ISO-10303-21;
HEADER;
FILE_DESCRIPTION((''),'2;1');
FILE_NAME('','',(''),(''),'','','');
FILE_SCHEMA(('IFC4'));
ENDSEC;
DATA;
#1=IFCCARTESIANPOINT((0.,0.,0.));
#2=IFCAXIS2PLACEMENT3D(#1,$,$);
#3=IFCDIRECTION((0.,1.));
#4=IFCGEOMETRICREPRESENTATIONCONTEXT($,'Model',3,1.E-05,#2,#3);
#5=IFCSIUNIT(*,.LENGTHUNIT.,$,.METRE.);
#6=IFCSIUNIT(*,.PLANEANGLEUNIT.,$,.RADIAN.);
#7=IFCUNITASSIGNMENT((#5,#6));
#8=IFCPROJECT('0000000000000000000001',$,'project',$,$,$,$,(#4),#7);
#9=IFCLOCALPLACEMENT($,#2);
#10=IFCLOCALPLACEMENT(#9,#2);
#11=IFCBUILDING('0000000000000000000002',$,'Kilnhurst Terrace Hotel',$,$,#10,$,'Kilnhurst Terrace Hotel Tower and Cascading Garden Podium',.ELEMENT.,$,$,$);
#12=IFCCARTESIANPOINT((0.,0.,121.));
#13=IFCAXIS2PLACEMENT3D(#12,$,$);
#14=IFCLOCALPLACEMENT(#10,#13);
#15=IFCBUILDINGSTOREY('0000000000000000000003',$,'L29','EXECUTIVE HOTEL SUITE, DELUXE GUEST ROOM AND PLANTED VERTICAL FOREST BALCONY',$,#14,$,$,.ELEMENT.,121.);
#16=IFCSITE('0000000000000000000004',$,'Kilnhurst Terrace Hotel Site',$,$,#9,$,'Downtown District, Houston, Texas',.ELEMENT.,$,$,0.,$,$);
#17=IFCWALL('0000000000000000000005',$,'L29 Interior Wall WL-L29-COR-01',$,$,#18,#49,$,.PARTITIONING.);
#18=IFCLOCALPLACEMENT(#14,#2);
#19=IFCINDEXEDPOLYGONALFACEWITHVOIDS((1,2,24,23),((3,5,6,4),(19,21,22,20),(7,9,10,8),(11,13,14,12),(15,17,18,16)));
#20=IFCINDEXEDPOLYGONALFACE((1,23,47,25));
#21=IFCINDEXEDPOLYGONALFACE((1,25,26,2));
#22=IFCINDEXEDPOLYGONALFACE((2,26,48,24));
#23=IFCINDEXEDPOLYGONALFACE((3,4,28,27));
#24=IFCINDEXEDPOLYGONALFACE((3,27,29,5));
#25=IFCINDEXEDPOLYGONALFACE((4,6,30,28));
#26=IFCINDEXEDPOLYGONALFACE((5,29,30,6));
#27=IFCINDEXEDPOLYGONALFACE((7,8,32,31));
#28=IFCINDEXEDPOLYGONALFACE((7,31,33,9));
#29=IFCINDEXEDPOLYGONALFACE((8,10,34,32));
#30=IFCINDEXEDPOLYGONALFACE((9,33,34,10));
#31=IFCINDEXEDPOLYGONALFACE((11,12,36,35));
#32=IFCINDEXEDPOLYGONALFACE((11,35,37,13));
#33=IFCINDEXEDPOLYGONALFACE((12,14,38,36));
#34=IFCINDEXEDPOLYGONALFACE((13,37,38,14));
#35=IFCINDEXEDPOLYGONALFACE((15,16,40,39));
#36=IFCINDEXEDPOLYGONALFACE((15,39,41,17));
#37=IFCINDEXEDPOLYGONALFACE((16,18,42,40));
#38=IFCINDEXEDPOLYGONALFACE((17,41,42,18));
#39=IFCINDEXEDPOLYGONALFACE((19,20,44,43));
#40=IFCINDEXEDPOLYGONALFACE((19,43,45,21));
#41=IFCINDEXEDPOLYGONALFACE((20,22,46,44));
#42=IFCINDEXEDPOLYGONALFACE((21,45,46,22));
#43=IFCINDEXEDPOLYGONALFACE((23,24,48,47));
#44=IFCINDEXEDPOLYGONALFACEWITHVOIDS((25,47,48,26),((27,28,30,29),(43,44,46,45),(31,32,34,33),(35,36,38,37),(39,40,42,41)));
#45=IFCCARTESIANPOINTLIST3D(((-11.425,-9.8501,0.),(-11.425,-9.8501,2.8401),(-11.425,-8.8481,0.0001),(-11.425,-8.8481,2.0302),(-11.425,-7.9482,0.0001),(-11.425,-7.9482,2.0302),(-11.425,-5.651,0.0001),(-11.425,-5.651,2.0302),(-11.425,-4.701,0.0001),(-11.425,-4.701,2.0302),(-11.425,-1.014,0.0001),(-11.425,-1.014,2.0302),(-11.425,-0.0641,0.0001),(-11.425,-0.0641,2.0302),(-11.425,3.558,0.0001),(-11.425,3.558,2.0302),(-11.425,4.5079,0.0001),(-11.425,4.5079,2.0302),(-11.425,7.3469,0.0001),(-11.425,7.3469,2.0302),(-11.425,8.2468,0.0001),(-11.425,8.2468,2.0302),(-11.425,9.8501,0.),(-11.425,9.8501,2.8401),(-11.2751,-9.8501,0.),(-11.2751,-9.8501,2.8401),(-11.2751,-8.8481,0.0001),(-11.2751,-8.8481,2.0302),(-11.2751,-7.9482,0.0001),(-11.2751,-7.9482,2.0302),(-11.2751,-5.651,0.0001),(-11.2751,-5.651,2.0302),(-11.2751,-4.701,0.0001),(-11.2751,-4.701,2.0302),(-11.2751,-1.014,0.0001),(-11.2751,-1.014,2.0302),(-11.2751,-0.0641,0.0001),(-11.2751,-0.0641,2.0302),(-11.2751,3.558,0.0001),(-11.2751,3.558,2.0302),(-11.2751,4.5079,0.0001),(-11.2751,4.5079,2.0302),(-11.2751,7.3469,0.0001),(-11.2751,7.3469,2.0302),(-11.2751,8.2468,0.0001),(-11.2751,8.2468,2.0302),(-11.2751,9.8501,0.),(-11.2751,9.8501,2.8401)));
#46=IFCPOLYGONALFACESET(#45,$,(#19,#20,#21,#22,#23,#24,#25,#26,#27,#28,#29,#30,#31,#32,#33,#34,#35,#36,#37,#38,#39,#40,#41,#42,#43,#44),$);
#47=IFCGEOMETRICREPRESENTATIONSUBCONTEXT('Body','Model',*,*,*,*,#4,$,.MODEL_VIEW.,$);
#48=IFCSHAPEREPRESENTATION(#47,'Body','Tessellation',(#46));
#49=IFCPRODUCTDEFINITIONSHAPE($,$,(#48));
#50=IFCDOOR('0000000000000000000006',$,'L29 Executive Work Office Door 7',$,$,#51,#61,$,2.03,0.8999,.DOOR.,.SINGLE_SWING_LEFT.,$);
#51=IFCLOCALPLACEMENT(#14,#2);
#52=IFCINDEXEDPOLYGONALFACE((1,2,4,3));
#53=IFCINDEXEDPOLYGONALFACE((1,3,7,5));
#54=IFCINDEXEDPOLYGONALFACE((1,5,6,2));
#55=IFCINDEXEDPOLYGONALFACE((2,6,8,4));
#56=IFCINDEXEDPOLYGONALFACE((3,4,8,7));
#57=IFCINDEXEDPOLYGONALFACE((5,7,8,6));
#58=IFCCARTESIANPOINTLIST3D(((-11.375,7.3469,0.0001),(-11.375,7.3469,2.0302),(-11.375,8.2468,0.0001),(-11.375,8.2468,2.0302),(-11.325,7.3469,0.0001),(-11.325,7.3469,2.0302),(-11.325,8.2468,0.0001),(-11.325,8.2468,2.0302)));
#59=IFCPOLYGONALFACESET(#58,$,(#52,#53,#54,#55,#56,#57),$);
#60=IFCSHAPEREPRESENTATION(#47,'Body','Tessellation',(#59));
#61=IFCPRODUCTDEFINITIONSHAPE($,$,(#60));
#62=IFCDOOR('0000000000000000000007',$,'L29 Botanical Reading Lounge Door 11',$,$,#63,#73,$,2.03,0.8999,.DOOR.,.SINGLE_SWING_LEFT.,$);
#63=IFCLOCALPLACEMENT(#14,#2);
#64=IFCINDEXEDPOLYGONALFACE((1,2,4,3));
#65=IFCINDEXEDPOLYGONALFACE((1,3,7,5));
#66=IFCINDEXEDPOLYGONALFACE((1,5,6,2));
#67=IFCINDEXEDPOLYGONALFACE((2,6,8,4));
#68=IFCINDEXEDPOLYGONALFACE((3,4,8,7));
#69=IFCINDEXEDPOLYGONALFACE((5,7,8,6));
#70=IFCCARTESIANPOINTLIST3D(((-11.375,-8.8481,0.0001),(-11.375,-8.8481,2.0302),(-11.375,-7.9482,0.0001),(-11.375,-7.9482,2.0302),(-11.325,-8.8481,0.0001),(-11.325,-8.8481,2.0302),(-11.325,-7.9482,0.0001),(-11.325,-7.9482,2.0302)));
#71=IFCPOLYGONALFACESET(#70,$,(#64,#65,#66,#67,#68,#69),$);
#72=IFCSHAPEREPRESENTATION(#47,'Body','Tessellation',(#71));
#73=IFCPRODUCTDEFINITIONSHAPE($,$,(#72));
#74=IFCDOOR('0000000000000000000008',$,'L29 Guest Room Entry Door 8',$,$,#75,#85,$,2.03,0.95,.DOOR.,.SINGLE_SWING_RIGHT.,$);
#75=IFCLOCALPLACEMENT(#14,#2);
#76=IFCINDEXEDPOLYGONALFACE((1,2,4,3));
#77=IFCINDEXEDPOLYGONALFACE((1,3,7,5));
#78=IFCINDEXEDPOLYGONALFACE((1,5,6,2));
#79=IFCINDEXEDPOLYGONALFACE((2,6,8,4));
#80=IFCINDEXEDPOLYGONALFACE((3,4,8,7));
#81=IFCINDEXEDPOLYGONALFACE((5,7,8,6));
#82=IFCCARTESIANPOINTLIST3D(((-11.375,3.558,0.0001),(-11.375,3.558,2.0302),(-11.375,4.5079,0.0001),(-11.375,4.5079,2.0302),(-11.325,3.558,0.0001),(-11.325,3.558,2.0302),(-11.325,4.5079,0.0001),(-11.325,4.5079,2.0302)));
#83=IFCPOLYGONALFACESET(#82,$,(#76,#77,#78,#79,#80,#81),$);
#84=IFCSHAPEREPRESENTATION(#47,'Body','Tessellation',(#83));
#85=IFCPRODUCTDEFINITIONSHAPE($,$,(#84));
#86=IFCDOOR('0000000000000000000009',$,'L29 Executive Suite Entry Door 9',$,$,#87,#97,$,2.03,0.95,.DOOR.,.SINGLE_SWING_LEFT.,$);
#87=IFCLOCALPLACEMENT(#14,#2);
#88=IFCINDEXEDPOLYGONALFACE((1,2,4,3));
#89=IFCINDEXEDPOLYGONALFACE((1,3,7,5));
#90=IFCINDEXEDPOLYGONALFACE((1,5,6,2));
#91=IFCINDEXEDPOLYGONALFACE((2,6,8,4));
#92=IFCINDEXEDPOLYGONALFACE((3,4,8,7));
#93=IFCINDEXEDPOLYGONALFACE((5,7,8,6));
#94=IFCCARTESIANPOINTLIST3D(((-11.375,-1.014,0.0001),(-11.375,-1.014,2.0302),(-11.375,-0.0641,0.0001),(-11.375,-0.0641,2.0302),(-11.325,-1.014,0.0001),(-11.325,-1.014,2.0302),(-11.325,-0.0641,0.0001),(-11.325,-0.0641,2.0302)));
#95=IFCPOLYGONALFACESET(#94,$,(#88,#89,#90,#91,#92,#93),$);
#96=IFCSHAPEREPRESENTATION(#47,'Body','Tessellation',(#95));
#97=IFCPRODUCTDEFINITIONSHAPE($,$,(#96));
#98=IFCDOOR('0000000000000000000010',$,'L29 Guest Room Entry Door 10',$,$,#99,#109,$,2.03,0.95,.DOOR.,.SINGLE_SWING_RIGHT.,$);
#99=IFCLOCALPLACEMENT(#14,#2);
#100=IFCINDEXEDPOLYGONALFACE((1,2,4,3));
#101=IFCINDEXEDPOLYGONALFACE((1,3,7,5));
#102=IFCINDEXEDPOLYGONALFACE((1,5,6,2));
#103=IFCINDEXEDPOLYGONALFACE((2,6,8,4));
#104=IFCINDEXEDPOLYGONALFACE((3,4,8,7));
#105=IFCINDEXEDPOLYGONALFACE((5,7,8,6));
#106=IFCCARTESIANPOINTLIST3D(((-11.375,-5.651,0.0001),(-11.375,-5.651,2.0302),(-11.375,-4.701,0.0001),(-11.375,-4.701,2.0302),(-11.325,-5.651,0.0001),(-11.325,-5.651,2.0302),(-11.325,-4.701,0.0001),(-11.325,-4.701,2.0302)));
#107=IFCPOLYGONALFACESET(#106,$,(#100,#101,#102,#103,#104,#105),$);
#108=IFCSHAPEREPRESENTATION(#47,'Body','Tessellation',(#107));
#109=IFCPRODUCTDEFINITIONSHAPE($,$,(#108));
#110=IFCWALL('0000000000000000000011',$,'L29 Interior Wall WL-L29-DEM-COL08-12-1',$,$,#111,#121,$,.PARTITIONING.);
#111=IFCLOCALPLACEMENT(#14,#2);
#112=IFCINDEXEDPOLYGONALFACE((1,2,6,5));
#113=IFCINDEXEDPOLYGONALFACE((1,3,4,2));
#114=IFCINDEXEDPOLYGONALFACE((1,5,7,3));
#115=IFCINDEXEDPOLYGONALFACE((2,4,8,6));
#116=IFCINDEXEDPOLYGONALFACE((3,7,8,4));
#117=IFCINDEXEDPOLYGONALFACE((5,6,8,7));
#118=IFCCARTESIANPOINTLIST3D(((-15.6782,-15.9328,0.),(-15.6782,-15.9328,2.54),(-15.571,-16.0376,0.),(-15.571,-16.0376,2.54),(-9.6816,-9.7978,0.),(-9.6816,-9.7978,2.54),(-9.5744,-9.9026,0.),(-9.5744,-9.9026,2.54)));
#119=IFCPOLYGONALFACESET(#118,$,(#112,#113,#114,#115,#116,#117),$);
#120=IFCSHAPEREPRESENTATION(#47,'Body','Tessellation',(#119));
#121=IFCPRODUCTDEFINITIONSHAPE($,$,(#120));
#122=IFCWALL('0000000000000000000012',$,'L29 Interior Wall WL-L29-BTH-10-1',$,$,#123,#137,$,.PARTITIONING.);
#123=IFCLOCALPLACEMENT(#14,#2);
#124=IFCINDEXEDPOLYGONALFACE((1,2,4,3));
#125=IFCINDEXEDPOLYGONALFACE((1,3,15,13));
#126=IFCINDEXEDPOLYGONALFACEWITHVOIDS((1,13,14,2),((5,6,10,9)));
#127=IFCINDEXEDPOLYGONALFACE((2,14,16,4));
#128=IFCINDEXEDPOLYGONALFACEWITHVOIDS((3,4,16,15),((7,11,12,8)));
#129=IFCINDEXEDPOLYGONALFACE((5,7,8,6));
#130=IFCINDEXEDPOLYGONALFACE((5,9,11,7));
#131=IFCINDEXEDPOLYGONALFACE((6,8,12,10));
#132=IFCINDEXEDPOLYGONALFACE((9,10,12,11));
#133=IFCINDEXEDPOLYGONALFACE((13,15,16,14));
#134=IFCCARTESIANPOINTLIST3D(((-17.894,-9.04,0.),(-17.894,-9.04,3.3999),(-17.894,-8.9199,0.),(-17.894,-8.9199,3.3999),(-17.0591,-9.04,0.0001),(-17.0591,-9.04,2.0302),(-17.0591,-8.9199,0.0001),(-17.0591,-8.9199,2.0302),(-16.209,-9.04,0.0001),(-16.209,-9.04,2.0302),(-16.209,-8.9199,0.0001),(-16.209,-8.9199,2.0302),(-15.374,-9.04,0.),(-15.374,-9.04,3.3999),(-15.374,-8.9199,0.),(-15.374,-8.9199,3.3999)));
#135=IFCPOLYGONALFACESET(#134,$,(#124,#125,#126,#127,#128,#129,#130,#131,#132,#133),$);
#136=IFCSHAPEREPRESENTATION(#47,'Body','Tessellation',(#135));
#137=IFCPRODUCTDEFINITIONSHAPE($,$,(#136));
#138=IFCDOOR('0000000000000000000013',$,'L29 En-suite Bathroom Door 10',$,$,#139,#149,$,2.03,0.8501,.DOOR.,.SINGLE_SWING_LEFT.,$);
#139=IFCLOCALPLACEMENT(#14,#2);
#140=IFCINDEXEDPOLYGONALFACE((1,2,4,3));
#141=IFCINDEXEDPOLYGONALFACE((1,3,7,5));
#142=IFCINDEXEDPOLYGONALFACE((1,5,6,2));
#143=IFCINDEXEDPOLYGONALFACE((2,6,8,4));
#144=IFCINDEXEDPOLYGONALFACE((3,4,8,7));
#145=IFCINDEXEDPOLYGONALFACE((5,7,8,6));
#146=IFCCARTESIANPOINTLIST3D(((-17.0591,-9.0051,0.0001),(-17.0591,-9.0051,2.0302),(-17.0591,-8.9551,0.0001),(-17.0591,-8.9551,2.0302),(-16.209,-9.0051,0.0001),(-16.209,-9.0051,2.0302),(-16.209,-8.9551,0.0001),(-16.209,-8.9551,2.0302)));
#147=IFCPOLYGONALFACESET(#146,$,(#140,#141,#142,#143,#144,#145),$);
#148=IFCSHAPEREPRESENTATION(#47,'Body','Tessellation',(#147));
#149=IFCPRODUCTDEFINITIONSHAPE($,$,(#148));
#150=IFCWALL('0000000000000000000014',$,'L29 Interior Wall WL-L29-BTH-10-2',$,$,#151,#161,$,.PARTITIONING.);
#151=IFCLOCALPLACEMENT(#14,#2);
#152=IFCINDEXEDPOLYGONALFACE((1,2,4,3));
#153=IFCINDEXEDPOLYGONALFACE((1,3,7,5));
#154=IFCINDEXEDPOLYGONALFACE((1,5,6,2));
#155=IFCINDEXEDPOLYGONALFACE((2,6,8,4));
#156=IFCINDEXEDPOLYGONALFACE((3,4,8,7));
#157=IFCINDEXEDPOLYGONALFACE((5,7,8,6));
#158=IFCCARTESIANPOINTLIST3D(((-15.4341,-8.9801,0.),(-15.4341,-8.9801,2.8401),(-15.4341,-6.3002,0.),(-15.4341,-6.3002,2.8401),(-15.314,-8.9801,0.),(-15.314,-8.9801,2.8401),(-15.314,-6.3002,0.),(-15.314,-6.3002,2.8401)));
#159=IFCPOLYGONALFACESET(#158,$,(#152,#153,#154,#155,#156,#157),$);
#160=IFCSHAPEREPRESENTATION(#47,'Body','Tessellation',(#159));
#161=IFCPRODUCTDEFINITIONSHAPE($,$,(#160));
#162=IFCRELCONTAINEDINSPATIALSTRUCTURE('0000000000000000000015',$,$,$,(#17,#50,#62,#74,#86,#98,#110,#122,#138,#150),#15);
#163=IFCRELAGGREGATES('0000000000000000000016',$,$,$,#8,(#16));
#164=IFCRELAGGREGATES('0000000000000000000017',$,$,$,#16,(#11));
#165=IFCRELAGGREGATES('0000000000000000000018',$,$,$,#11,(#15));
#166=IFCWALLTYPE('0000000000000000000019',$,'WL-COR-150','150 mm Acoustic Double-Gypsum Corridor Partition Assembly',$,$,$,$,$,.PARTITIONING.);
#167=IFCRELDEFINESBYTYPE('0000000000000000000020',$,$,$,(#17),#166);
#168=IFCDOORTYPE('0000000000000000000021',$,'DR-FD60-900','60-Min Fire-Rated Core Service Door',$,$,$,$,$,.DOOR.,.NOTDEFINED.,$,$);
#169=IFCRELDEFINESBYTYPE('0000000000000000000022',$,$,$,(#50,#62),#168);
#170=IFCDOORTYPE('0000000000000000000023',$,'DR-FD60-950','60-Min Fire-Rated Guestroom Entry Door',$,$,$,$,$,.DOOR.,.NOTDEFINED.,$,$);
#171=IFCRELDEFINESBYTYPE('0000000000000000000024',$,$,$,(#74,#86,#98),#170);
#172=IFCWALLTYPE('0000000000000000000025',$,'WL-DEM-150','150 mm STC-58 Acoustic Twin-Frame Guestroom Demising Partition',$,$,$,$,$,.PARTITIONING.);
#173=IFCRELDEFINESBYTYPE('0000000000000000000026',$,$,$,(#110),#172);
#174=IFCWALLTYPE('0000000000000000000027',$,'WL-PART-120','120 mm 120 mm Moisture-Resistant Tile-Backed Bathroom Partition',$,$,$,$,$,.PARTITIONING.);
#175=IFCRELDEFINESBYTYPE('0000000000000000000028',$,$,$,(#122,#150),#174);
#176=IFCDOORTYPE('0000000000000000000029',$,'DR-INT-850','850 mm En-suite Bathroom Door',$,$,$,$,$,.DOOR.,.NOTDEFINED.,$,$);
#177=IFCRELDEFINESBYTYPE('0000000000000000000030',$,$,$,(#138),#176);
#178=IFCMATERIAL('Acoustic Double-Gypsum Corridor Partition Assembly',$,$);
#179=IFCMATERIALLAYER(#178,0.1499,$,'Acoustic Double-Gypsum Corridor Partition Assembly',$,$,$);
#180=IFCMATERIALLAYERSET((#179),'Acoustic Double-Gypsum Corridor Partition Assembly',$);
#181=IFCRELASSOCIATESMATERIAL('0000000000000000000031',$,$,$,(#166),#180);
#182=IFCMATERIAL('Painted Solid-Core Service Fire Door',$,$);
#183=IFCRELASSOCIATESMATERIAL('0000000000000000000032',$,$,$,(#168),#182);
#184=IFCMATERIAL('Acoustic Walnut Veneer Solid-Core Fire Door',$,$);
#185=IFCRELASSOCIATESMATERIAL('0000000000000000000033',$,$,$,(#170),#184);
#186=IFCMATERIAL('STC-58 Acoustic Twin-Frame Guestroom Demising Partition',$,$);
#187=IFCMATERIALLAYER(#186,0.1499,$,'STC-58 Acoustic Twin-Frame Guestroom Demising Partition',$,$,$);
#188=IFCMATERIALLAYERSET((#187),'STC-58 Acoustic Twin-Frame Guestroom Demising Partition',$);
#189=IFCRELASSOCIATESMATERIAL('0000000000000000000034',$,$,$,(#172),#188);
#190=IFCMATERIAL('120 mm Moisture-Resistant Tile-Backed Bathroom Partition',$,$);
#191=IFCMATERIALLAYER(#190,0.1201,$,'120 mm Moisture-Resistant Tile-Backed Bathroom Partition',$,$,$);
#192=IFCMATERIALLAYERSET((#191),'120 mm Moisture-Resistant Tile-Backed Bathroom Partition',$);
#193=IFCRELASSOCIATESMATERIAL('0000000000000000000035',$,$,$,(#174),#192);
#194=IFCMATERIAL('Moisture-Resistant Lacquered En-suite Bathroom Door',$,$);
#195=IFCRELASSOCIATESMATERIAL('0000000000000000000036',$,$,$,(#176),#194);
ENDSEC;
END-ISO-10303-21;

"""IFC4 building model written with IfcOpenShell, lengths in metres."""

from ifc_helpers import new_model, si_unit, direction, frame, frame_2d, origin, place, context, subcontext, project, spatial, rectangle, extrude, material, layer, layer_set, type_object, element, fill, save


model = new_model("IFC4")

# Units and contexts
model_context = context("Model", 3, precision=1e-05, world=origin(), true_north=direction((0.0, 1.0)))
body_context = subcontext(model_context, "Body", "Model", "MODEL_VIEW")
ifc_project = project(units=[si_unit("LENGTHUNIT", "METRE"), si_unit("PLANEANGLEUNIT", "RADIAN")], contexts=[model_context])

# Site, building, storey
site_placement = place(None, origin())
site = spatial("IfcSite", under=ifc_project, at=site_placement, Name="Kilnhurst Terrace Hotel Site", LongName="Downtown District, Houston, Texas", CompositionType="ELEMENT", RefElevation=0.0)
building_placement = place(site_placement, origin())
building = spatial("IfcBuilding", under=site, at=building_placement, Name="Kilnhurst Terrace Hotel", LongName="Kilnhurst Terrace Hotel Tower and Cascading Garden Podium", CompositionType="ELEMENT")
storey_placement = place(building_placement, frame((0.0, 0.0, 121.0)))
storey = spatial("IfcBuildingStorey", under=building, at=storey_placement, Name="L29", Description="EXECUTIVE HOTEL SUITE, DELUXE GUEST ROOM AND PLANTED VERTICAL FOREST BALCONY", CompositionType="ELEMENT", Elevation=121.0)

# Wall, openings, doors
ifc_material_1 = material(Name="Acoustic Double-Gypsum Corridor Partition Assembly")
ifc_layer_1 = layer(ifc_material_1, 0.1499, Name="Acoustic Double-Gypsum Corridor Partition Assembly")
ifc_layer_set_1 = layer_set([ifc_layer_1], Name="Acoustic Double-Gypsum Corridor Partition Assembly")
wall_type_1 = type_object("IfcWallType", Name="WL-COR-150", Description="150 mm Acoustic Double-Gypsum Corridor Partition Assembly", PredefinedType="PARTITIONING", material=ifc_layer_set_1)
wall_1_placement = place(storey_placement, frame((-11.3501, -9.8501, 0.0), z_axis=(0.0, 0.0, 1.0), x_axis=(0.0, 1.0, 0.0)))
wall_1 = element("IfcWall", 1, at=wall_1_placement, inside=storey, type_object=wall_type_1, Name="L29 Interior Wall WL-L29-COR-01", PredefinedType="PARTITIONING", context=body_context, shape_type="SweptSolid", body=[
    extrude(rectangle(XDim=19.7002, YDim=0.1499, at=frame_2d((9.8501, 0.0))), origin(), (0.0, 0.0, 1.0), 2.8401),
])
opening_1_placement = place(wall_1_placement, frame((17.197, 0.0, 0.0)))
opening_1 = element("IfcOpeningElement", 2, at=opening_1_placement, cuts=wall_1, PredefinedType="OPENING", context=body_context, shape_type="SweptSolid", body=[
    extrude(rectangle(XDim=0.8999, YDim=2.03, at=frame_2d((0.45, 1.0151))), frame((0.0, 0.085, 0.0), z_axis=(0.0, -1.0, 0.0), x_axis=(1.0, 0.0, 0.0)), (0.0, 0.0, 1.0), 0.1699),
])
opening_2_placement = place(wall_1_placement, frame((13.408, 0.0, 0.0)))
opening_2 = element("IfcOpeningElement", 3, at=opening_2_placement, cuts=wall_1, PredefinedType="OPENING", context=body_context, shape_type="SweptSolid", body=[
    extrude(rectangle(XDim=0.95, YDim=2.03, at=frame_2d((0.4751, 1.0151))), frame((0.0, 0.085, 0.0), z_axis=(0.0, -1.0, 0.0), x_axis=(1.0, 0.0, 0.0)), (0.0, 0.0, 1.0), 0.1699),
])
opening_3_placement = place(wall_1_placement, frame((8.8359, 0.0, 0.0)))
opening_3 = element("IfcOpeningElement", 4, at=opening_3_placement, cuts=wall_1, PredefinedType="OPENING", context=body_context, shape_type="SweptSolid", body=[
    extrude(rectangle(XDim=0.95, YDim=2.03, at=frame_2d((0.4751, 1.0151))), frame((0.0, 0.085, 0.0), z_axis=(0.0, -1.0, 0.0), x_axis=(1.0, 0.0, 0.0)), (0.0, 0.0, 1.0), 0.1699),
])
opening_4_placement = place(wall_1_placement, frame((4.199, 0.0, 0.0)))
opening_4 = element("IfcOpeningElement", 5, at=opening_4_placement, cuts=wall_1, PredefinedType="OPENING", context=body_context, shape_type="SweptSolid", body=[
    extrude(rectangle(XDim=0.95, YDim=2.03, at=frame_2d((0.4751, 1.0151))), frame((0.0, 0.085, 0.0), z_axis=(0.0, -1.0, 0.0), x_axis=(1.0, 0.0, 0.0)), (0.0, 0.0, 1.0), 0.1699),
])
opening_5_placement = place(wall_1_placement, frame((1.002, 0.0, 0.0)))
opening_5 = element("IfcOpeningElement", 6, at=opening_5_placement, cuts=wall_1, PredefinedType="OPENING", context=body_context, shape_type="SweptSolid", body=[
    extrude(rectangle(XDim=0.8999, YDim=2.03, at=frame_2d((0.45, 1.0151))), frame((0.0, 0.085, 0.0), z_axis=(0.0, -1.0, 0.0), x_axis=(1.0, 0.0, 0.0)), (0.0, 0.0, 1.0), 0.1699),
])
ifc_material_2 = material(Name="Painted Solid-Core Service Fire Door")
door_type_1 = type_object("IfcDoorType", Name="DR-FD60-900", Description="60-Min Fire-Rated Core Service Door", OperationType="NOTDEFINED", PredefinedType="DOOR", material=ifc_material_2)
door_1_placement = place(opening_1_placement, origin())
door_1 = element("IfcDoor", 7, at=door_1_placement, inside=storey, type_object=door_type_1, Name="L29 Executive Work Office Door 7", OperationType="SINGLE_SWING_LEFT", OverallHeight=2.03, OverallWidth=0.8999, PredefinedType="DOOR", context=body_context, shape_type="SweptSolid", body=[
    extrude(rectangle(XDim=0.8999, YDim=2.03, at=frame_2d((0.45, 1.0151))), frame((0.0, 0.0249, 0.0), z_axis=(0.0, -1.0, 0.0), x_axis=(1.0, 0.0, 0.0)), (0.0, 0.0, 1.0), 0.05),
])
fill(opening_1, door_1)
door_2_placement = place(opening_5_placement, origin())
door_2 = element("IfcDoor", 8, at=door_2_placement, inside=storey, type_object=door_type_1, Name="L29 Botanical Reading Lounge Door 11", OperationType="SINGLE_SWING_LEFT", OverallHeight=2.03, OverallWidth=0.8999, PredefinedType="DOOR", context=body_context, shape_type="SweptSolid", body=[
    extrude(rectangle(XDim=0.8999, YDim=2.03, at=frame_2d((0.45, 1.0151))), frame((0.0, 0.0249, 0.0), z_axis=(0.0, -1.0, 0.0), x_axis=(1.0, 0.0, 0.0)), (0.0, 0.0, 1.0), 0.05),
])
fill(opening_5, door_2)
ifc_material_3 = material(Name="Acoustic Walnut Veneer Solid-Core Fire Door")
door_type_2 = type_object("IfcDoorType", Name="DR-FD60-950", Description="60-Min Fire-Rated Guestroom Entry Door", OperationType="NOTDEFINED", PredefinedType="DOOR", material=ifc_material_3)
door_3_placement = place(opening_2_placement, origin())
door_3 = element("IfcDoor", 9, at=door_3_placement, inside=storey, type_object=door_type_2, Name="L29 Guest Room Entry Door 8", OperationType="SINGLE_SWING_RIGHT", OverallHeight=2.03, OverallWidth=0.95, PredefinedType="DOOR", context=body_context, shape_type="SweptSolid", body=[
    extrude(rectangle(XDim=0.95, YDim=2.03, at=frame_2d((0.4751, 1.0151))), frame((0.0, 0.0249, 0.0), z_axis=(0.0, -1.0, 0.0), x_axis=(1.0, 0.0, 0.0)), (0.0, 0.0, 1.0), 0.05),
])
fill(opening_2, door_3)
door_4_placement = place(opening_3_placement, origin())
door_4 = element("IfcDoor", 10, at=door_4_placement, inside=storey, type_object=door_type_2, Name="L29 Executive Suite Entry Door 9", OperationType="SINGLE_SWING_LEFT", OverallHeight=2.03, OverallWidth=0.95, PredefinedType="DOOR", context=body_context, shape_type="SweptSolid", body=[
    extrude(rectangle(XDim=0.95, YDim=2.03, at=frame_2d((0.4751, 1.0151))), frame((0.0, 0.0249, 0.0), z_axis=(0.0, -1.0, 0.0), x_axis=(1.0, 0.0, 0.0)), (0.0, 0.0, 1.0), 0.05),
])
fill(opening_3, door_4)
door_5_placement = place(opening_4_placement, origin())
door_5 = element("IfcDoor", 11, at=door_5_placement, inside=storey, type_object=door_type_2, Name="L29 Guest Room Entry Door 10", OperationType="SINGLE_SWING_RIGHT", OverallHeight=2.03, OverallWidth=0.95, PredefinedType="DOOR", context=body_context, shape_type="SweptSolid", body=[
    extrude(rectangle(XDim=0.95, YDim=2.03, at=frame_2d((0.4751, 1.0151))), frame((0.0, 0.0249, 0.0), z_axis=(0.0, -1.0, 0.0), x_axis=(1.0, 0.0, 0.0)), (0.0, 0.0, 1.0), 0.05),
])
fill(opening_4, door_5)

# Wall
ifc_material_4 = material(Name="STC-58 Acoustic Twin-Frame Guestroom Demising Partition")
ifc_layer_2 = layer(ifc_material_4, 0.1499, Name="STC-58 Acoustic Twin-Frame Guestroom Demising Partition")
ifc_layer_set_2 = layer_set([ifc_layer_2], Name="STC-58 Acoustic Twin-Frame Guestroom Demising Partition")
wall_type_2 = type_object("IfcWallType", Name="WL-DEM-150", Description="150 mm STC-58 Acoustic Twin-Frame Guestroom Demising Partition", PredefinedType="PARTITIONING", material=ifc_layer_set_2)
wall_2_placement = place(storey_placement, frame((-9.6279, -9.8501, 0.0), z_axis=(0.0, 0.0, 1.0), x_axis=(-0.698993, -0.715129, 0.0)))
element("IfcWall", 12, at=wall_2_placement, inside=storey, type_object=wall_type_2, Name="L29 Interior Wall WL-L29-DEM-COL08-12-1", PredefinedType="PARTITIONING", context=body_context, shape_type="SweptSolid", body=[
    extrude(rectangle(XDim=8.5789, YDim=0.1499, at=frame_2d((4.2896, 0.0))), origin(), (0.0, 0.0, 1.0), 2.54),
])

# Wall, opening, door
ifc_material_5 = material(Name="120 mm Moisture-Resistant Tile-Backed Bathroom Partition")
ifc_layer_3 = layer(ifc_material_5, 0.1201, Name="120 mm Moisture-Resistant Tile-Backed Bathroom Partition")
ifc_layer_set_3 = layer_set([ifc_layer_3], Name="120 mm Moisture-Resistant Tile-Backed Bathroom Partition")
wall_type_3 = type_object("IfcWallType", Name="WL-PART-120", Description="120 mm 120 mm Moisture-Resistant Tile-Backed Bathroom Partition", PredefinedType="PARTITIONING", material=ifc_layer_set_3)
wall_3_placement = place(storey_placement, frame((-17.894, -8.98, 0.0), z_axis=(0.0, 0.0, 1.0), x_axis=(1.0, 0.0, 0.0)))
wall_3 = element("IfcWall", 13, at=wall_3_placement, inside=storey, type_object=wall_type_3, Name="L29 Interior Wall WL-L29-BTH-10-1", PredefinedType="PARTITIONING", context=body_context, shape_type="SweptSolid", body=[
    extrude(rectangle(XDim=2.52, YDim=0.1201, at=frame_2d((1.26, 0.0))), origin(), (0.0, 0.0, 1.0), 3.3999),
])
opening_6_placement = place(wall_3_placement, frame((0.835, 0.0, 0.0)))
opening_6 = element("IfcOpeningElement", 14, at=opening_6_placement, cuts=wall_3, PredefinedType="OPENING", context=body_context, shape_type="SweptSolid", body=[
    extrude(rectangle(XDim=0.8501, YDim=2.03, at=frame_2d((0.425, 1.0151))), frame((0.0, 0.0701, 0.0), z_axis=(0.0, -1.0, 0.0), x_axis=(1.0, 0.0, 0.0)), (0.0, 0.0, 1.0), 0.1401),
])
ifc_material_6 = material(Name="Moisture-Resistant Lacquered En-suite Bathroom Door")
door_type_3 = type_object("IfcDoorType", Name="DR-INT-850", Description="850 mm En-suite Bathroom Door", OperationType="NOTDEFINED", PredefinedType="DOOR", material=ifc_material_6)
door_6_placement = place(opening_6_placement, origin())
door_6 = element("IfcDoor", 15, at=door_6_placement, inside=storey, type_object=door_type_3, Name="L29 En-suite Bathroom Door 10", OperationType="SINGLE_SWING_LEFT", OverallHeight=2.03, OverallWidth=0.8501, PredefinedType="DOOR", context=body_context, shape_type="SweptSolid", body=[
    extrude(rectangle(XDim=0.8501, YDim=2.03, at=frame_2d((0.425, 1.0151))), frame((0.0, 0.0249, 0.0), z_axis=(0.0, -1.0, 0.0), x_axis=(1.0, 0.0, 0.0)), (0.0, 0.0, 1.0), 0.05),
])
fill(opening_6, door_6)

# Wall
wall_4_placement = place(storey_placement, frame((-15.374, -8.98, 0.0), z_axis=(0.0, 0.0, 1.0), x_axis=(0.0, 1.0, 0.0)))
element("IfcWall", 16, at=wall_4_placement, inside=storey, type_object=wall_type_3, Name="L29 Interior Wall WL-L29-BTH-10-2", PredefinedType="PARTITIONING", context=body_context, shape_type="SweptSolid", body=[
    extrude(rectangle(XDim=2.6799, YDim=0.1201, at=frame_2d((1.3398, 0.0))), origin(), (0.0, 0.0, 1.0), 2.8401),
])

save(model, "model.ifc")
